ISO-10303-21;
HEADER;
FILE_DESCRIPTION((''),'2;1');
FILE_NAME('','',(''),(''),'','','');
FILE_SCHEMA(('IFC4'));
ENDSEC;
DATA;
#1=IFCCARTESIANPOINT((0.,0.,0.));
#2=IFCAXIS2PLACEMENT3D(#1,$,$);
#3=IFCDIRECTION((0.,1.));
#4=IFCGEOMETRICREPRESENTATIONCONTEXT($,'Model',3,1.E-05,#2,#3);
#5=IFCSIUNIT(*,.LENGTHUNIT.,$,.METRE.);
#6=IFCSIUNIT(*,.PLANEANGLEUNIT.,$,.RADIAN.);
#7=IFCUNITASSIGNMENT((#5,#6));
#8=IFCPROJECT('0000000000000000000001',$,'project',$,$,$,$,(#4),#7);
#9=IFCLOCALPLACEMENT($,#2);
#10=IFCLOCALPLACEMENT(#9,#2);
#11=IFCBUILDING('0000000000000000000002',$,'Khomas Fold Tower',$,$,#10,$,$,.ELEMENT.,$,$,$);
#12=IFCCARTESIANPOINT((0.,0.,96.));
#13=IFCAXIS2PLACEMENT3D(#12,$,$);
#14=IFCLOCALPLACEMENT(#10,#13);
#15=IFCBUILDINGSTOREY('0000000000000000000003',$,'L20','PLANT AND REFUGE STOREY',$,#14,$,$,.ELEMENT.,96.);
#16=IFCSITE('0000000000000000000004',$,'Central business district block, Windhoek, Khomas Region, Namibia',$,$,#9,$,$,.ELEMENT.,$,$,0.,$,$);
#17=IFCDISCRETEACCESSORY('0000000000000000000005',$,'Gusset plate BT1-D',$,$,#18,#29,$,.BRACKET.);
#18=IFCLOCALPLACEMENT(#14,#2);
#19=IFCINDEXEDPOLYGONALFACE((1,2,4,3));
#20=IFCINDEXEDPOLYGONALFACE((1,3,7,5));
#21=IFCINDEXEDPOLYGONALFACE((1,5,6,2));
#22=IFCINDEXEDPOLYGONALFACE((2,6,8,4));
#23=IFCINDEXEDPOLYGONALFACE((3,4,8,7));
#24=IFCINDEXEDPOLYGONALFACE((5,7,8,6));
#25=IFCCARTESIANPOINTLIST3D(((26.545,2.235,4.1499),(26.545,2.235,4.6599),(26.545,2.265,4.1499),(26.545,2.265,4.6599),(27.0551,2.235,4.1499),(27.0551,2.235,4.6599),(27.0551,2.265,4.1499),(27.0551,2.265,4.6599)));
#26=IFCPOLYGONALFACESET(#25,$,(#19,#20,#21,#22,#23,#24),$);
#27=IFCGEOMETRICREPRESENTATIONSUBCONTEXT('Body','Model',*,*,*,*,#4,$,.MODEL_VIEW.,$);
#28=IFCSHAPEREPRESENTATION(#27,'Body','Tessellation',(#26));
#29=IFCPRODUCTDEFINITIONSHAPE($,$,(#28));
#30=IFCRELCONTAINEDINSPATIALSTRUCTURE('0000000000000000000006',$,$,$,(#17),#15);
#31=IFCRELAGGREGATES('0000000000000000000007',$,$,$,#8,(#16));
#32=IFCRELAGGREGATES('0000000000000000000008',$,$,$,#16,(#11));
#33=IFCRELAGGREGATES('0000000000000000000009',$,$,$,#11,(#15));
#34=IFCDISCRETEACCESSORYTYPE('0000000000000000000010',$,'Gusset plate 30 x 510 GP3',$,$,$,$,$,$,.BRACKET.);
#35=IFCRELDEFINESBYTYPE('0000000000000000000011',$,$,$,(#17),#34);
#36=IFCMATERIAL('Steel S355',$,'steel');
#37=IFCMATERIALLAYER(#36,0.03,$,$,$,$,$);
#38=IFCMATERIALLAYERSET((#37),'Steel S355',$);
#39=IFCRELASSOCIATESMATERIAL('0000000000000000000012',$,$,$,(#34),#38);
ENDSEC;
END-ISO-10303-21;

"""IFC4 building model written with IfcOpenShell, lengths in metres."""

from ifc_helpers import new_model, si_unit, direction, frame, origin, origin_2d, place, context, subcontext, project, spatial, rectangle, extrude, source, transform, mapped, material, layer, layer_set, type_object, element, save


model = new_model("IFC4")

# Units and contexts
model_context = context("Model", 3, precision=1e-05, world=origin(), true_north=direction((0.0, 1.0)))
body_context = subcontext(model_context, "Body", "Model", "MODEL_VIEW")
ifc_project = project(units=[si_unit("LENGTHUNIT", "METRE"), si_unit("PLANEANGLEUNIT", "RADIAN")], contexts=[model_context])

# Site, building, storey
site_placement = place(None, origin())
site = spatial("IfcSite", under=ifc_project, at=site_placement, Name="Central business district block, Windhoek, Khomas Region, Namibia", CompositionType="ELEMENT", RefElevation=0.0)
building_placement = place(site_placement, origin())
building = spatial("IfcBuilding", under=site, at=building_placement, Name="Khomas Fold Tower", CompositionType="ELEMENT")
storey_placement = place(building_placement, frame((0.0, 0.0, 96.0)))
storey = spatial("IfcBuildingStorey", under=building, at=storey_placement, Name="L20", Description="PLANT AND REFUGE STOREY", CompositionType="ELEMENT", Elevation=96.0)

# Discrete accessory
ifc_material_1 = material(Name="Steel S355", Category="steel")
ifc_layer_1 = layer(ifc_material_1, 0.03)
ifc_layer_set_1 = layer_set([ifc_layer_1], Name="Steel S355")
discrete_accessory_type = type_object("IfcDiscreteAccessoryType", Name="Gusset plate 30 x 510 GP3", PredefinedType="BRACKET", material=ifc_layer_set_1)
shared_shape_1 = source(origin(), body_context, "Body", "SweptSolid", [
    extrude(rectangle(XDim=0.51, YDim=0.03, at=origin_2d()), origin(), (0.0, 0.0, 1.0), 0.51),
])
for number, where, z_axis, x_axis, name in (
    (1, (26.8, 2.25, 4.1499), (0.0, 0.0, 1.0), (1.0, 0.0, 0.0), "Gusset plate BT1-D"),
):
    element("IfcDiscreteAccessory", number, at=place(storey_placement, frame(where, z_axis=z_axis, x_axis=x_axis)), inside=storey, type_object=discrete_accessory_type, Name=name, PredefinedType="BRACKET", context=body_context, shape_type="MappedRepresentation", body=[
        mapped(shared_shape_1, transform((0.0, 0.0, 0.0))),
    ])

save(model, "model.ifc")
